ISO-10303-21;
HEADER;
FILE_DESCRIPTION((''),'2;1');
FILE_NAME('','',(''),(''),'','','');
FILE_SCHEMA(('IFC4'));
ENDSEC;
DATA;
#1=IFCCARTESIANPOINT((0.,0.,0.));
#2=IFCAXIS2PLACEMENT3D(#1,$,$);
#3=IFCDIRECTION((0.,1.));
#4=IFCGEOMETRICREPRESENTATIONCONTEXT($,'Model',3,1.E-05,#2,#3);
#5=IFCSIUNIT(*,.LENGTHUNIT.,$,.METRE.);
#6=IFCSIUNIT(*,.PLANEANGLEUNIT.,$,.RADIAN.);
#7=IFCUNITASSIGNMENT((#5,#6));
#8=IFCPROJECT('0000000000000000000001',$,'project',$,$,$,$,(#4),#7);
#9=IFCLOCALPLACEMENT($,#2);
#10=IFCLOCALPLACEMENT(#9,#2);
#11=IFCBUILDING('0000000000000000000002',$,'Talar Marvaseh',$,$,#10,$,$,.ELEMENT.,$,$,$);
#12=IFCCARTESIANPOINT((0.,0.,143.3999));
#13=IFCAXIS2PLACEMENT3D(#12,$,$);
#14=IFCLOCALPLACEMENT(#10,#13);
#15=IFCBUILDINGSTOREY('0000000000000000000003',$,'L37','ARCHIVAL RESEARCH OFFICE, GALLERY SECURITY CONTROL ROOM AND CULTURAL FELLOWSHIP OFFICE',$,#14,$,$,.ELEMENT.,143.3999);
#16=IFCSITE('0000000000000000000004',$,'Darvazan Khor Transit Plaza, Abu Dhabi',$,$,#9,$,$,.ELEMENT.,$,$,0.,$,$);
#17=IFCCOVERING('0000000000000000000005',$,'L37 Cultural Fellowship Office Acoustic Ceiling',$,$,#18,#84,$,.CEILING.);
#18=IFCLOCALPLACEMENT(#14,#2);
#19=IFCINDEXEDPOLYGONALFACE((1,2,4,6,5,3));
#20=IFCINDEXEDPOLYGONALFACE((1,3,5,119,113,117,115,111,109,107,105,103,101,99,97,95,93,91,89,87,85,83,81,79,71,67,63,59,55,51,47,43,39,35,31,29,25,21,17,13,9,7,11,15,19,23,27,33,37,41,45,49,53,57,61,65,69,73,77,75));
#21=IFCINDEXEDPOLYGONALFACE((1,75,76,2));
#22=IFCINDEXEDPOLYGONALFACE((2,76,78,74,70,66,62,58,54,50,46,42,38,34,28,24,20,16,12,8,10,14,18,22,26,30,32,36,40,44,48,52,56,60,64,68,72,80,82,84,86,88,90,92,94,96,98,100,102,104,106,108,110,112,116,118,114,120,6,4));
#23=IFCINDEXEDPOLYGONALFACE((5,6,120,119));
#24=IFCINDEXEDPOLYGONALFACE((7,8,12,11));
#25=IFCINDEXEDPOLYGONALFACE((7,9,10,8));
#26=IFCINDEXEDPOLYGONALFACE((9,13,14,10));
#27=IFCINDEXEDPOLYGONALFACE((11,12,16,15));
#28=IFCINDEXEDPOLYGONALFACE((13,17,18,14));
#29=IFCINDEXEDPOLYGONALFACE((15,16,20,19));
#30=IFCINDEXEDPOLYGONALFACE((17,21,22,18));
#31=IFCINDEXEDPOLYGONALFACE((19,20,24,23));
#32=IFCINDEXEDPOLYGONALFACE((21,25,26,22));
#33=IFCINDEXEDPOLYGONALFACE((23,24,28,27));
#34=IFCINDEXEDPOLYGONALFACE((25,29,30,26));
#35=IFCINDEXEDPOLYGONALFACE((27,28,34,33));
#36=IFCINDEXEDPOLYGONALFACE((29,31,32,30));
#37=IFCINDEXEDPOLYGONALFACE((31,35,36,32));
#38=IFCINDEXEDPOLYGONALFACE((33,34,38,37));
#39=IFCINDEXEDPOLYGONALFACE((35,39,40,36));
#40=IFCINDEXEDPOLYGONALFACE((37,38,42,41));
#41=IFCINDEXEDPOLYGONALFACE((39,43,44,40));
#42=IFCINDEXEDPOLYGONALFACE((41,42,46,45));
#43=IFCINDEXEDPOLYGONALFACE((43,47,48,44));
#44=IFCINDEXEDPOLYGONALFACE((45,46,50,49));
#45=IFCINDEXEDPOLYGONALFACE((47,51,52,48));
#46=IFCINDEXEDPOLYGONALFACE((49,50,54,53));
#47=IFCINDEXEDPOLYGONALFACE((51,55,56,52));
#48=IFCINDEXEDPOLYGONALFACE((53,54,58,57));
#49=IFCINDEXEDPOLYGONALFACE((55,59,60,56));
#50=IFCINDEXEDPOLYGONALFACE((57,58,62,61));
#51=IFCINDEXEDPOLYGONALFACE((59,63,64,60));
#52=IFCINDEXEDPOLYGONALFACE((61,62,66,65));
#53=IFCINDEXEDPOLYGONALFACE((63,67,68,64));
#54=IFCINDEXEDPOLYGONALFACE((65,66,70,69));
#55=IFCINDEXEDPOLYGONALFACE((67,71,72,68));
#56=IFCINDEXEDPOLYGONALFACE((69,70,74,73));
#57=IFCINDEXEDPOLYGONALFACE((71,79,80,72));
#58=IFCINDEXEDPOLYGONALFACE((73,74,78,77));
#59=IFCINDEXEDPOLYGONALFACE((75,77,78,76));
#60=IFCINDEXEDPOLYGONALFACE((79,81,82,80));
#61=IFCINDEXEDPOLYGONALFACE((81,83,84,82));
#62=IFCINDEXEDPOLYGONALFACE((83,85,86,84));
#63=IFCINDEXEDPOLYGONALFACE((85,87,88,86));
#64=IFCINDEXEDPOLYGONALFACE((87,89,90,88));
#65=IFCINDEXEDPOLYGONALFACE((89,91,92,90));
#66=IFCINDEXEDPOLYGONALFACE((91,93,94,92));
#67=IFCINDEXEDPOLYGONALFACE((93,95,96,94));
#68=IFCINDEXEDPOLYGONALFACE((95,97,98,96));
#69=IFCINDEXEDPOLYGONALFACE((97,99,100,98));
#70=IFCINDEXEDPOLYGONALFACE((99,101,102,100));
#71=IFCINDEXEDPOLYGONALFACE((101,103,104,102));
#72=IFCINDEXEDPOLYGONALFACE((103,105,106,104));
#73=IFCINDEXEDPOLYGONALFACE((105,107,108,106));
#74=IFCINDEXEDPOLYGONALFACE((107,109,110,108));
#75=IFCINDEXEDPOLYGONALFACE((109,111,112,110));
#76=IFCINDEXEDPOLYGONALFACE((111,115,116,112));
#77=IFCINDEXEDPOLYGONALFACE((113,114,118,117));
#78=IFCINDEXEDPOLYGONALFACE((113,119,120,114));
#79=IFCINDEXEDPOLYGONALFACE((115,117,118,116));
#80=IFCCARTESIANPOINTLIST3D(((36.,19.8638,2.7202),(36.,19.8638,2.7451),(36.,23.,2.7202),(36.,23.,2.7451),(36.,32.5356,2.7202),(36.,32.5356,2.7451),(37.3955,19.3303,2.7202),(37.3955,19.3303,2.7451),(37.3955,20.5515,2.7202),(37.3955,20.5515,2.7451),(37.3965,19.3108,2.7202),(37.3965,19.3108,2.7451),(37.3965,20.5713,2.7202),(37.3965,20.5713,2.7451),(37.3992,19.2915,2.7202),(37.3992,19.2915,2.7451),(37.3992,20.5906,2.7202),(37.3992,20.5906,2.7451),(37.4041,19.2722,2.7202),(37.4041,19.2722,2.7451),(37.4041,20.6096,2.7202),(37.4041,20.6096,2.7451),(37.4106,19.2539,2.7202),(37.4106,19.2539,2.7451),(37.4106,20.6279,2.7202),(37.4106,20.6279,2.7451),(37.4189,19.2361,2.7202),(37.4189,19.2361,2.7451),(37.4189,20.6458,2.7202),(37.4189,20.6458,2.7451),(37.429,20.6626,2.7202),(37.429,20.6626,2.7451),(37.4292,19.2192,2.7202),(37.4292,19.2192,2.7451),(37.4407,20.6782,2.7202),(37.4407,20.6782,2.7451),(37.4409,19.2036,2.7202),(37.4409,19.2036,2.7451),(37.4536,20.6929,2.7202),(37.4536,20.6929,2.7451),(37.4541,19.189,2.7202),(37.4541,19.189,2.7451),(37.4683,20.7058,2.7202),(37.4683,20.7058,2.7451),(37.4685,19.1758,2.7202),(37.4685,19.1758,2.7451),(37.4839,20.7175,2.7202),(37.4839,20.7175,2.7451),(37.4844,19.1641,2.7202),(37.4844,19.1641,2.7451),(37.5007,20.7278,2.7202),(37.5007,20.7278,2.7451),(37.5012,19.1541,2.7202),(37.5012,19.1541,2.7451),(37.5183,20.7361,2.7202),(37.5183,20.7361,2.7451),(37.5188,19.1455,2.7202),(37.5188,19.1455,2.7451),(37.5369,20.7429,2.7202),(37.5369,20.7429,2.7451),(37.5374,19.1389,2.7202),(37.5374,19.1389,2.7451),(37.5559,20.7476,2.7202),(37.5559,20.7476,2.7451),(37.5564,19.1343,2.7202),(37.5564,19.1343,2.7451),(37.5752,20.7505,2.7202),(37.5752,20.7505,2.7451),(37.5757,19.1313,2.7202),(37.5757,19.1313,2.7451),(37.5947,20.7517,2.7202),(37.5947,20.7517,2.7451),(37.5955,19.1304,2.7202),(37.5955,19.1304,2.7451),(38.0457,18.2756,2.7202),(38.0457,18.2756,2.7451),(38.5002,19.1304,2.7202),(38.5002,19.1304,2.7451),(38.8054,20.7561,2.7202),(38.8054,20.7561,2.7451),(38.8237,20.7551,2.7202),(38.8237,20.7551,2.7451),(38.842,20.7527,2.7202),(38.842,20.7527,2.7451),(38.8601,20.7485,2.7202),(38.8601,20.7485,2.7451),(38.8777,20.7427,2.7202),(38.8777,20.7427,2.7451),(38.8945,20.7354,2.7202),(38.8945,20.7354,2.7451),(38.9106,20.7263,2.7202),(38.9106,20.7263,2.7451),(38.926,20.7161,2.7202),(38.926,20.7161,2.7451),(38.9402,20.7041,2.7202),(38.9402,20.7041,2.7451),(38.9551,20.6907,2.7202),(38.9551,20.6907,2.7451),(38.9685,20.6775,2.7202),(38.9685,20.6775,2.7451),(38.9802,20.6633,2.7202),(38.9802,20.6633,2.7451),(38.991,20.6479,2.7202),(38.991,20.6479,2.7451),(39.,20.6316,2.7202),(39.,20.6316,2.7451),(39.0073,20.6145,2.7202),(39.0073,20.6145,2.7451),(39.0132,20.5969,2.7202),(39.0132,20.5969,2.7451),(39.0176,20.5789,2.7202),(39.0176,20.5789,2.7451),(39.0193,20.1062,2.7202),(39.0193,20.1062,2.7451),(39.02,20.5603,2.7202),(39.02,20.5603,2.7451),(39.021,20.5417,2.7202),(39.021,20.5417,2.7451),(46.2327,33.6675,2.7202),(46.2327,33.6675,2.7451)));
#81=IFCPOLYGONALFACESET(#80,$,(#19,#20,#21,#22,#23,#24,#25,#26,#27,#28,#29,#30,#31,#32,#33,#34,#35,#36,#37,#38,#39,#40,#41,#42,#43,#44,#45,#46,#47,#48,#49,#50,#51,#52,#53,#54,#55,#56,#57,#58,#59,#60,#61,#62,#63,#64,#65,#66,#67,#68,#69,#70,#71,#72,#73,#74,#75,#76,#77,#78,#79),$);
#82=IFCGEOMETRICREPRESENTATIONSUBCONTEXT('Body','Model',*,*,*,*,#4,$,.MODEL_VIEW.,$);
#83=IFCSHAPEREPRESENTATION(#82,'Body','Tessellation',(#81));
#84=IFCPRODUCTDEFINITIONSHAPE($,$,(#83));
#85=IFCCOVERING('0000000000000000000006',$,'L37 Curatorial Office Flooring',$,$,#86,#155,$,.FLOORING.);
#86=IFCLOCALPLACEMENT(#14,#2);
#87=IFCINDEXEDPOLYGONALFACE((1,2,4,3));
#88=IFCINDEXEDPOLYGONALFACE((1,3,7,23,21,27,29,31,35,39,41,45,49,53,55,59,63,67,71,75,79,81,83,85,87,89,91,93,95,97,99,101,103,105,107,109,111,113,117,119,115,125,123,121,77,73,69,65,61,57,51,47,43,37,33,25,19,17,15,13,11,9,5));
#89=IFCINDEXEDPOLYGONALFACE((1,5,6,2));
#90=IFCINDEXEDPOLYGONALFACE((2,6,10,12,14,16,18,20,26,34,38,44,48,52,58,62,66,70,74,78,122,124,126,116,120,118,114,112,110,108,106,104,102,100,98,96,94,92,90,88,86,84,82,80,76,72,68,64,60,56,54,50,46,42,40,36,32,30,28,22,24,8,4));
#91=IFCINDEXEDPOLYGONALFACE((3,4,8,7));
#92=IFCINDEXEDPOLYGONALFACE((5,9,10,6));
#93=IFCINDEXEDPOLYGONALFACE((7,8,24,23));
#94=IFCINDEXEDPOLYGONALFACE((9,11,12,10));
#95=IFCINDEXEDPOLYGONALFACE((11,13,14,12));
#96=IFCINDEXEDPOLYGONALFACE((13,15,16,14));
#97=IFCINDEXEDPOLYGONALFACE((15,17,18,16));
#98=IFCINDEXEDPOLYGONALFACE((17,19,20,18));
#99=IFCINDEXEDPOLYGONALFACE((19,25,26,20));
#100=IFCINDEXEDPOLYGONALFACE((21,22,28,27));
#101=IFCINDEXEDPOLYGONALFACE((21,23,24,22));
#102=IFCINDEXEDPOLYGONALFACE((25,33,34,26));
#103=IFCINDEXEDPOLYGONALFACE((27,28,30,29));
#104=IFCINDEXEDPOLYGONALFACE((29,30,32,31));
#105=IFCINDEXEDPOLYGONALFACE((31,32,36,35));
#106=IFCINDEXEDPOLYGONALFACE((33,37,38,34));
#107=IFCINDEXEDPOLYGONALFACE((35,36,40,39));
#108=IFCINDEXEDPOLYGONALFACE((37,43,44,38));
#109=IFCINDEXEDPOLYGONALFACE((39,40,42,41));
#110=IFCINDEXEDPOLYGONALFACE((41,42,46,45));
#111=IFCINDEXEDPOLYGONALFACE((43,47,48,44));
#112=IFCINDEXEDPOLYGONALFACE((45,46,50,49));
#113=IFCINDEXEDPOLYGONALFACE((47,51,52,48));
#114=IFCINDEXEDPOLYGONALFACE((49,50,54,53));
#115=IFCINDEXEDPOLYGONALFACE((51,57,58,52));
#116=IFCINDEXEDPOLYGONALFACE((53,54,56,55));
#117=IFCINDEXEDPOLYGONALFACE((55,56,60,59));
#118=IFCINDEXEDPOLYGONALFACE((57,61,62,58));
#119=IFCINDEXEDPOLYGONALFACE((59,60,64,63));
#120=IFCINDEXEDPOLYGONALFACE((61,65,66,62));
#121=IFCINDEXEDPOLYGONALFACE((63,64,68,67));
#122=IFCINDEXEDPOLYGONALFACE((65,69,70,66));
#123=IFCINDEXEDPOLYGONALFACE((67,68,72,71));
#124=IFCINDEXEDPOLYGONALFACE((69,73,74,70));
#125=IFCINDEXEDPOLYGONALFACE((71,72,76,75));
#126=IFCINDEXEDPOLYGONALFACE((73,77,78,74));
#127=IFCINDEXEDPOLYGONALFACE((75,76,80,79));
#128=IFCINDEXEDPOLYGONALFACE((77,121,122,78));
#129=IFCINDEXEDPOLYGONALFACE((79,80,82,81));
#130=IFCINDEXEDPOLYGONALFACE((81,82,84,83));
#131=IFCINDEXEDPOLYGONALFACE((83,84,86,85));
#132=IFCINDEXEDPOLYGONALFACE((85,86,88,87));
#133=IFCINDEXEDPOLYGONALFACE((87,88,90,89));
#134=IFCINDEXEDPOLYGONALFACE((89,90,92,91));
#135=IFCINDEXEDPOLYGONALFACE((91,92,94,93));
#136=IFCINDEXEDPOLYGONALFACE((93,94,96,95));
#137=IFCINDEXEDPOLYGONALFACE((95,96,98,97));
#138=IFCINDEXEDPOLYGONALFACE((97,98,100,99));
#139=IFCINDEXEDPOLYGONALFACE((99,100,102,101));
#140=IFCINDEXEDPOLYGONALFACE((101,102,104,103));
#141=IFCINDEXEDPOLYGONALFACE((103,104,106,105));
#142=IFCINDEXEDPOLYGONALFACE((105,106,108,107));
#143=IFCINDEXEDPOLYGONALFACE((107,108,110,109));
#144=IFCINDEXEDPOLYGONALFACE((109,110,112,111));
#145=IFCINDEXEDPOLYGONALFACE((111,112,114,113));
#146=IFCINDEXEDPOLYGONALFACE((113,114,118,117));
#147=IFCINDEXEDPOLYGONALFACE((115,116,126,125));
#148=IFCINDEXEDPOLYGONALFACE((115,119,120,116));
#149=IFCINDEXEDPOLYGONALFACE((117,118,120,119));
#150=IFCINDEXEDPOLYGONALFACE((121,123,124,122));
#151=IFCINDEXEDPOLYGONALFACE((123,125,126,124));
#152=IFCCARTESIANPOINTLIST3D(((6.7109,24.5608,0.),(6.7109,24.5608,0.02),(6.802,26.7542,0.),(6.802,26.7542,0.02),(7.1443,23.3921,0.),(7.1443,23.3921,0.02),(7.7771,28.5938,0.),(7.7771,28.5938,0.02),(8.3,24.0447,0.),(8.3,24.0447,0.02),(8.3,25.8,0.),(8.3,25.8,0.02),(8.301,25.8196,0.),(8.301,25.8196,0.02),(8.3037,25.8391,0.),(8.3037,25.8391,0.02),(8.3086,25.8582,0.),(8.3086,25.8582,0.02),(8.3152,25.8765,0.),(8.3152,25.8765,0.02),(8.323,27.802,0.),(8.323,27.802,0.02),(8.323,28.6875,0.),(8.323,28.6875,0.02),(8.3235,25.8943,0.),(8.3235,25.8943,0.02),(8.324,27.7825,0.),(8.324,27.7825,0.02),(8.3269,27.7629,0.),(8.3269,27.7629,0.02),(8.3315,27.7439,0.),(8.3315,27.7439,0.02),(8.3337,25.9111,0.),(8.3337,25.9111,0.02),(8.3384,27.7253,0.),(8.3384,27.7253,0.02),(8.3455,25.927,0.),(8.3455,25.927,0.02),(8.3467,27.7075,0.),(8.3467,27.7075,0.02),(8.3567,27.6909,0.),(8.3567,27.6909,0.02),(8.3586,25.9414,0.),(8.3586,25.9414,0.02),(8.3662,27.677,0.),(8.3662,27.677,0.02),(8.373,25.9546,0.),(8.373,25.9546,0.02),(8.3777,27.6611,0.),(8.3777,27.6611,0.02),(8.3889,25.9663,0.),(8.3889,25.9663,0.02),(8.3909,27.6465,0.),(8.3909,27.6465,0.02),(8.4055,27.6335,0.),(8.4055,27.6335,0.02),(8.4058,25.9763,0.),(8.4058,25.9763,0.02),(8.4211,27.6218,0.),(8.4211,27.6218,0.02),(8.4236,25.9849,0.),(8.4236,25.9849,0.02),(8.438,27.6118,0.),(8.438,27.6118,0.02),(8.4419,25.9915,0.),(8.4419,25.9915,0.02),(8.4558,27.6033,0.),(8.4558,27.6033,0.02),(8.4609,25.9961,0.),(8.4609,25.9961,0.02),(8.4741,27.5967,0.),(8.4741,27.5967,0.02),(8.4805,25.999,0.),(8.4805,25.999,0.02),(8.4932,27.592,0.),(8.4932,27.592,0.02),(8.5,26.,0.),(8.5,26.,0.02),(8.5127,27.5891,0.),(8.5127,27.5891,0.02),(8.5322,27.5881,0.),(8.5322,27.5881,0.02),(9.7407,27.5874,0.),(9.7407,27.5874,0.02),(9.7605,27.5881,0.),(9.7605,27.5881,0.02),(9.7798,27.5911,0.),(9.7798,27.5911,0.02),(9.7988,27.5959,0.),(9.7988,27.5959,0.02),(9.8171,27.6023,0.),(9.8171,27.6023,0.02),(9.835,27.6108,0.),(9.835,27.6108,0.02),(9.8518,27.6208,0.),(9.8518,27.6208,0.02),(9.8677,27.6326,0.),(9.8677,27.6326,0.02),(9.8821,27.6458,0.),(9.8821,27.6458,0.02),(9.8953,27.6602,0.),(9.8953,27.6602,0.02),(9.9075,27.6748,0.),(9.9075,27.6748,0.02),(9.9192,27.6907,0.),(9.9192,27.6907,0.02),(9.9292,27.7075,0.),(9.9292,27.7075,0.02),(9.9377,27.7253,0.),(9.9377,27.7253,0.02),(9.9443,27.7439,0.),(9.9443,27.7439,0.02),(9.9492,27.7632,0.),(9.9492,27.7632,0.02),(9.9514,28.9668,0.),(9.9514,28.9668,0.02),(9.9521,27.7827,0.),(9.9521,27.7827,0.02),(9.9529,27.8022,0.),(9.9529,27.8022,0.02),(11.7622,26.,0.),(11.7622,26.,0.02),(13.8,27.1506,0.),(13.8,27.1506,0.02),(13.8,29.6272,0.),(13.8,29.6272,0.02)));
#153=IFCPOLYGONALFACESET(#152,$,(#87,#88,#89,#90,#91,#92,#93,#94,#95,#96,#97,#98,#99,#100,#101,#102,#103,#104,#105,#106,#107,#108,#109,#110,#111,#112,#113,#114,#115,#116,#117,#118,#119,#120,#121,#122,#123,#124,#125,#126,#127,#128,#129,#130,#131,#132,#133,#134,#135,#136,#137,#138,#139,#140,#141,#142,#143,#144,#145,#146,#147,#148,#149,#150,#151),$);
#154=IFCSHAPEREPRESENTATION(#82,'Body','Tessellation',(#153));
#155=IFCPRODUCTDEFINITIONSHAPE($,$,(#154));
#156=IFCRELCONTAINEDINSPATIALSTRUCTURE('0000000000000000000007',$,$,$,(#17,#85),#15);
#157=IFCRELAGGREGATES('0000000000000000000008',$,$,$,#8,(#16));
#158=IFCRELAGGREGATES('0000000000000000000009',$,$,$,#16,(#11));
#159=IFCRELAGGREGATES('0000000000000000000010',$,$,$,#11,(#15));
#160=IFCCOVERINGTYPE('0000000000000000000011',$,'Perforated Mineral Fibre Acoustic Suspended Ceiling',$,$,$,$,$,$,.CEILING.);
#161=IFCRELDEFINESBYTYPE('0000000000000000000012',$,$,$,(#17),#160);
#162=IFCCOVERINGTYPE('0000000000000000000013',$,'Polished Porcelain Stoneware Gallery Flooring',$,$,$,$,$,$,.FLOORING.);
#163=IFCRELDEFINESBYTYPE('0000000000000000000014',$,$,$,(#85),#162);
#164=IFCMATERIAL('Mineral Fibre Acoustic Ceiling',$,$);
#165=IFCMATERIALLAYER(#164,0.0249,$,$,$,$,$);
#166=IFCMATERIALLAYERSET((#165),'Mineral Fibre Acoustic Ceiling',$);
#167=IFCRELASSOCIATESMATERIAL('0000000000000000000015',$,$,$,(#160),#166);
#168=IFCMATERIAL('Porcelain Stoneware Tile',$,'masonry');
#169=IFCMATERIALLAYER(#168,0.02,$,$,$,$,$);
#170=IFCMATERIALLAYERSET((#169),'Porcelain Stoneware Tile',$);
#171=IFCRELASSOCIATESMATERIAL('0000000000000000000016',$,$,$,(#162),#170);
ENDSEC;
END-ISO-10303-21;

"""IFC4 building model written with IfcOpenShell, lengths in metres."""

from ifc_helpers import new_model, si_unit, direction, frame, origin, place, context, subcontext, project, spatial, polyline, outline, extrude, material, layer, layer_set, type_object, element, save


model = new_model("IFC4")

# Units and contexts
model_context = context("Model", 3, precision=1e-05, world=origin(), true_north=direction((0.0, 1.0)))
body_context = subcontext(model_context, "Body", "Model", "MODEL_VIEW")
ifc_project = project(units=[si_unit("LENGTHUNIT", "METRE"), si_unit("PLANEANGLEUNIT", "RADIAN")], contexts=[model_context])

# Site, building, storey
site_placement = place(None, origin())
site = spatial("IfcSite", under=ifc_project, at=site_placement, Name="Darvazan Khor Transit Plaza, Abu Dhabi", CompositionType="ELEMENT", RefElevation=0.0)
building_placement = place(site_placement, origin())
building = spatial("IfcBuilding", under=site, at=building_placement, Name="Talar Marvaseh", CompositionType="ELEMENT")
storey_placement = place(building_placement, frame((0.0, 0.0, 143.3999)))
storey = spatial("IfcBuildingStorey", under=building, at=storey_placement, Name="L37", Description="ARCHIVAL RESEARCH OFFICE, GALLERY SECURITY CONTROL ROOM AND CULTURAL FELLOWSHIP OFFICE", CompositionType="ELEMENT", Elevation=143.3999)

# Coverings
ifc_material_1 = material(Name="Mineral Fibre Acoustic Ceiling")
ifc_layer_1 = layer(ifc_material_1, 0.0249)
ifc_layer_set_1 = layer_set([ifc_layer_1], Name="Mineral Fibre Acoustic Ceiling")
covering_type_1 = type_object("IfcCoveringType", Name="Perforated Mineral Fibre Acoustic Suspended Ceiling", PredefinedType="CEILING", material=ifc_layer_set_1)
covering_1_placement = place(storey_placement, frame((0.0, 0.0, 2.7202)))
element("IfcCovering", 1, at=covering_1_placement, inside=storey, type_object=covering_type_1, Name="L37 Cultural Fellowship Office Acoustic Ceiling", PredefinedType="CEILING", context=body_context, shape_type="SweptSolid", body=[
    extrude(outline(polyline([(46.2327, 33.6675), (39.0193, 20.1062), (39.021, 20.5417), (39.02, 20.5603), (39.0176, 20.5789), (39.0132, 20.5969), (39.0073, 20.6145), (39.0, 20.6316), (38.991, 20.6479), (38.9802, 20.6633), (38.9685, 20.6775), (38.9551, 20.6907), (38.9402, 20.7041), (38.926, 20.7161), (38.9106, 20.7263), (38.8945, 20.7354), (38.8777, 20.7427), (38.8601, 20.7485), (38.842, 20.7527), (38.8237, 20.7551), (38.8054, 20.7561), (37.5947, 20.7517), (37.5752, 20.7505), (37.5559, 20.7476), (37.5369, 20.7429), (37.5183, 20.7361), (37.5007, 20.7278), (37.4839, 20.7175), (37.4683, 20.7058), (37.4536, 20.6929), (37.4407, 20.6782), (37.429, 20.6626), (37.4189, 20.6458), (37.4106, 20.6279), (37.4041, 20.6096), (37.3992, 20.5906), (37.3965, 20.5713), (37.3955, 20.5515), (37.3955, 19.3303), (37.3965, 19.3108), (37.3992, 19.2915), (37.4041, 19.2722), (37.4106, 19.2539), (37.4189, 19.2361), (37.4292, 19.2192), (37.4409, 19.2036), (37.4541, 19.189), (37.4685, 19.1758), (37.4844, 19.1641), (37.5012, 19.1541), (37.5188, 19.1455), (37.5374, 19.1389), (37.5564, 19.1343), (37.5757, 19.1313), (37.5955, 19.1304), (38.5002, 19.1304), (38.0457, 18.2756), (36.0, 19.8638), (36.0, 23.0), (36.0, 32.5356), (46.2327, 33.6675)])), origin(), (0.0, 0.0, 1.0), 0.0249),
])
ifc_material_2 = material(Name="Porcelain Stoneware Tile", Category="masonry")
ifc_layer_2 = layer(ifc_material_2, 0.02)
ifc_layer_set_2 = layer_set([ifc_layer_2], Name="Porcelain Stoneware Tile")
covering_type_2 = type_object("IfcCoveringType", Name="Polished Porcelain Stoneware Gallery Flooring", PredefinedType="FLOORING", material=ifc_layer_set_2)
covering_2_placement = place(storey_placement, origin())
element("IfcCovering", 2, at=covering_2_placement, inside=storey, type_object=covering_type_2, Name="L37 Curatorial Office Flooring", PredefinedType="FLOORING", context=body_context, shape_type="SweptSolid", body=[
    extrude(outline(polyline([(8.323, 28.6875), (8.323, 27.802), (8.324, 27.7825), (8.3269, 27.7629), (8.3315, 27.7439), (8.3384, 27.7253), (8.3467, 27.7075), (8.3567, 27.6909), (8.3662, 27.677), (8.3777, 27.6611), (8.3909, 27.6465), (8.4055, 27.6335), (8.4211, 27.6218), (8.438, 27.6118), (8.4558, 27.6033), (8.4741, 27.5967), (8.4932, 27.592), (8.5127, 27.5891), (8.5322, 27.5881), (9.7407, 27.5874), (9.7605, 27.5881), (9.7798, 27.5911), (9.7988, 27.5959), (9.8171, 27.6023), (9.835, 27.6108), (9.8518, 27.6208), (9.8677, 27.6326), (9.8821, 27.6458), (9.8953, 27.6602), (9.9075, 27.6748), (9.9192, 27.6907), (9.9292, 27.7075), (9.9377, 27.7253), (9.9443, 27.7439), (9.9492, 27.7632), (9.9521, 27.7827), (9.9529, 27.8022), (9.9514, 28.9668), (13.8, 29.6272), (13.8, 27.1506), (11.7622, 26.0), (8.5, 26.0), (8.4805, 25.999), (8.4609, 25.9961), (8.4419, 25.9915), (8.4236, 25.9849), (8.4058, 25.9763), (8.3889, 25.9663), (8.373, 25.9546), (8.3586, 25.9414), (8.3455, 25.927), (8.3337, 25.9111), (8.3235, 25.8943), (8.3152, 25.8765), (8.3086, 25.8582), (8.3037, 25.8391), (8.301, 25.8196), (8.3, 25.8), (8.3, 24.0447), (7.1443, 23.3921), (6.7109, 24.5608), (6.802, 26.7542), (7.7771, 28.5938), (8.323, 28.6875)])), origin(), (0.0, 0.0, 1.0), 0.02),
])

save(model, "model.ifc")
